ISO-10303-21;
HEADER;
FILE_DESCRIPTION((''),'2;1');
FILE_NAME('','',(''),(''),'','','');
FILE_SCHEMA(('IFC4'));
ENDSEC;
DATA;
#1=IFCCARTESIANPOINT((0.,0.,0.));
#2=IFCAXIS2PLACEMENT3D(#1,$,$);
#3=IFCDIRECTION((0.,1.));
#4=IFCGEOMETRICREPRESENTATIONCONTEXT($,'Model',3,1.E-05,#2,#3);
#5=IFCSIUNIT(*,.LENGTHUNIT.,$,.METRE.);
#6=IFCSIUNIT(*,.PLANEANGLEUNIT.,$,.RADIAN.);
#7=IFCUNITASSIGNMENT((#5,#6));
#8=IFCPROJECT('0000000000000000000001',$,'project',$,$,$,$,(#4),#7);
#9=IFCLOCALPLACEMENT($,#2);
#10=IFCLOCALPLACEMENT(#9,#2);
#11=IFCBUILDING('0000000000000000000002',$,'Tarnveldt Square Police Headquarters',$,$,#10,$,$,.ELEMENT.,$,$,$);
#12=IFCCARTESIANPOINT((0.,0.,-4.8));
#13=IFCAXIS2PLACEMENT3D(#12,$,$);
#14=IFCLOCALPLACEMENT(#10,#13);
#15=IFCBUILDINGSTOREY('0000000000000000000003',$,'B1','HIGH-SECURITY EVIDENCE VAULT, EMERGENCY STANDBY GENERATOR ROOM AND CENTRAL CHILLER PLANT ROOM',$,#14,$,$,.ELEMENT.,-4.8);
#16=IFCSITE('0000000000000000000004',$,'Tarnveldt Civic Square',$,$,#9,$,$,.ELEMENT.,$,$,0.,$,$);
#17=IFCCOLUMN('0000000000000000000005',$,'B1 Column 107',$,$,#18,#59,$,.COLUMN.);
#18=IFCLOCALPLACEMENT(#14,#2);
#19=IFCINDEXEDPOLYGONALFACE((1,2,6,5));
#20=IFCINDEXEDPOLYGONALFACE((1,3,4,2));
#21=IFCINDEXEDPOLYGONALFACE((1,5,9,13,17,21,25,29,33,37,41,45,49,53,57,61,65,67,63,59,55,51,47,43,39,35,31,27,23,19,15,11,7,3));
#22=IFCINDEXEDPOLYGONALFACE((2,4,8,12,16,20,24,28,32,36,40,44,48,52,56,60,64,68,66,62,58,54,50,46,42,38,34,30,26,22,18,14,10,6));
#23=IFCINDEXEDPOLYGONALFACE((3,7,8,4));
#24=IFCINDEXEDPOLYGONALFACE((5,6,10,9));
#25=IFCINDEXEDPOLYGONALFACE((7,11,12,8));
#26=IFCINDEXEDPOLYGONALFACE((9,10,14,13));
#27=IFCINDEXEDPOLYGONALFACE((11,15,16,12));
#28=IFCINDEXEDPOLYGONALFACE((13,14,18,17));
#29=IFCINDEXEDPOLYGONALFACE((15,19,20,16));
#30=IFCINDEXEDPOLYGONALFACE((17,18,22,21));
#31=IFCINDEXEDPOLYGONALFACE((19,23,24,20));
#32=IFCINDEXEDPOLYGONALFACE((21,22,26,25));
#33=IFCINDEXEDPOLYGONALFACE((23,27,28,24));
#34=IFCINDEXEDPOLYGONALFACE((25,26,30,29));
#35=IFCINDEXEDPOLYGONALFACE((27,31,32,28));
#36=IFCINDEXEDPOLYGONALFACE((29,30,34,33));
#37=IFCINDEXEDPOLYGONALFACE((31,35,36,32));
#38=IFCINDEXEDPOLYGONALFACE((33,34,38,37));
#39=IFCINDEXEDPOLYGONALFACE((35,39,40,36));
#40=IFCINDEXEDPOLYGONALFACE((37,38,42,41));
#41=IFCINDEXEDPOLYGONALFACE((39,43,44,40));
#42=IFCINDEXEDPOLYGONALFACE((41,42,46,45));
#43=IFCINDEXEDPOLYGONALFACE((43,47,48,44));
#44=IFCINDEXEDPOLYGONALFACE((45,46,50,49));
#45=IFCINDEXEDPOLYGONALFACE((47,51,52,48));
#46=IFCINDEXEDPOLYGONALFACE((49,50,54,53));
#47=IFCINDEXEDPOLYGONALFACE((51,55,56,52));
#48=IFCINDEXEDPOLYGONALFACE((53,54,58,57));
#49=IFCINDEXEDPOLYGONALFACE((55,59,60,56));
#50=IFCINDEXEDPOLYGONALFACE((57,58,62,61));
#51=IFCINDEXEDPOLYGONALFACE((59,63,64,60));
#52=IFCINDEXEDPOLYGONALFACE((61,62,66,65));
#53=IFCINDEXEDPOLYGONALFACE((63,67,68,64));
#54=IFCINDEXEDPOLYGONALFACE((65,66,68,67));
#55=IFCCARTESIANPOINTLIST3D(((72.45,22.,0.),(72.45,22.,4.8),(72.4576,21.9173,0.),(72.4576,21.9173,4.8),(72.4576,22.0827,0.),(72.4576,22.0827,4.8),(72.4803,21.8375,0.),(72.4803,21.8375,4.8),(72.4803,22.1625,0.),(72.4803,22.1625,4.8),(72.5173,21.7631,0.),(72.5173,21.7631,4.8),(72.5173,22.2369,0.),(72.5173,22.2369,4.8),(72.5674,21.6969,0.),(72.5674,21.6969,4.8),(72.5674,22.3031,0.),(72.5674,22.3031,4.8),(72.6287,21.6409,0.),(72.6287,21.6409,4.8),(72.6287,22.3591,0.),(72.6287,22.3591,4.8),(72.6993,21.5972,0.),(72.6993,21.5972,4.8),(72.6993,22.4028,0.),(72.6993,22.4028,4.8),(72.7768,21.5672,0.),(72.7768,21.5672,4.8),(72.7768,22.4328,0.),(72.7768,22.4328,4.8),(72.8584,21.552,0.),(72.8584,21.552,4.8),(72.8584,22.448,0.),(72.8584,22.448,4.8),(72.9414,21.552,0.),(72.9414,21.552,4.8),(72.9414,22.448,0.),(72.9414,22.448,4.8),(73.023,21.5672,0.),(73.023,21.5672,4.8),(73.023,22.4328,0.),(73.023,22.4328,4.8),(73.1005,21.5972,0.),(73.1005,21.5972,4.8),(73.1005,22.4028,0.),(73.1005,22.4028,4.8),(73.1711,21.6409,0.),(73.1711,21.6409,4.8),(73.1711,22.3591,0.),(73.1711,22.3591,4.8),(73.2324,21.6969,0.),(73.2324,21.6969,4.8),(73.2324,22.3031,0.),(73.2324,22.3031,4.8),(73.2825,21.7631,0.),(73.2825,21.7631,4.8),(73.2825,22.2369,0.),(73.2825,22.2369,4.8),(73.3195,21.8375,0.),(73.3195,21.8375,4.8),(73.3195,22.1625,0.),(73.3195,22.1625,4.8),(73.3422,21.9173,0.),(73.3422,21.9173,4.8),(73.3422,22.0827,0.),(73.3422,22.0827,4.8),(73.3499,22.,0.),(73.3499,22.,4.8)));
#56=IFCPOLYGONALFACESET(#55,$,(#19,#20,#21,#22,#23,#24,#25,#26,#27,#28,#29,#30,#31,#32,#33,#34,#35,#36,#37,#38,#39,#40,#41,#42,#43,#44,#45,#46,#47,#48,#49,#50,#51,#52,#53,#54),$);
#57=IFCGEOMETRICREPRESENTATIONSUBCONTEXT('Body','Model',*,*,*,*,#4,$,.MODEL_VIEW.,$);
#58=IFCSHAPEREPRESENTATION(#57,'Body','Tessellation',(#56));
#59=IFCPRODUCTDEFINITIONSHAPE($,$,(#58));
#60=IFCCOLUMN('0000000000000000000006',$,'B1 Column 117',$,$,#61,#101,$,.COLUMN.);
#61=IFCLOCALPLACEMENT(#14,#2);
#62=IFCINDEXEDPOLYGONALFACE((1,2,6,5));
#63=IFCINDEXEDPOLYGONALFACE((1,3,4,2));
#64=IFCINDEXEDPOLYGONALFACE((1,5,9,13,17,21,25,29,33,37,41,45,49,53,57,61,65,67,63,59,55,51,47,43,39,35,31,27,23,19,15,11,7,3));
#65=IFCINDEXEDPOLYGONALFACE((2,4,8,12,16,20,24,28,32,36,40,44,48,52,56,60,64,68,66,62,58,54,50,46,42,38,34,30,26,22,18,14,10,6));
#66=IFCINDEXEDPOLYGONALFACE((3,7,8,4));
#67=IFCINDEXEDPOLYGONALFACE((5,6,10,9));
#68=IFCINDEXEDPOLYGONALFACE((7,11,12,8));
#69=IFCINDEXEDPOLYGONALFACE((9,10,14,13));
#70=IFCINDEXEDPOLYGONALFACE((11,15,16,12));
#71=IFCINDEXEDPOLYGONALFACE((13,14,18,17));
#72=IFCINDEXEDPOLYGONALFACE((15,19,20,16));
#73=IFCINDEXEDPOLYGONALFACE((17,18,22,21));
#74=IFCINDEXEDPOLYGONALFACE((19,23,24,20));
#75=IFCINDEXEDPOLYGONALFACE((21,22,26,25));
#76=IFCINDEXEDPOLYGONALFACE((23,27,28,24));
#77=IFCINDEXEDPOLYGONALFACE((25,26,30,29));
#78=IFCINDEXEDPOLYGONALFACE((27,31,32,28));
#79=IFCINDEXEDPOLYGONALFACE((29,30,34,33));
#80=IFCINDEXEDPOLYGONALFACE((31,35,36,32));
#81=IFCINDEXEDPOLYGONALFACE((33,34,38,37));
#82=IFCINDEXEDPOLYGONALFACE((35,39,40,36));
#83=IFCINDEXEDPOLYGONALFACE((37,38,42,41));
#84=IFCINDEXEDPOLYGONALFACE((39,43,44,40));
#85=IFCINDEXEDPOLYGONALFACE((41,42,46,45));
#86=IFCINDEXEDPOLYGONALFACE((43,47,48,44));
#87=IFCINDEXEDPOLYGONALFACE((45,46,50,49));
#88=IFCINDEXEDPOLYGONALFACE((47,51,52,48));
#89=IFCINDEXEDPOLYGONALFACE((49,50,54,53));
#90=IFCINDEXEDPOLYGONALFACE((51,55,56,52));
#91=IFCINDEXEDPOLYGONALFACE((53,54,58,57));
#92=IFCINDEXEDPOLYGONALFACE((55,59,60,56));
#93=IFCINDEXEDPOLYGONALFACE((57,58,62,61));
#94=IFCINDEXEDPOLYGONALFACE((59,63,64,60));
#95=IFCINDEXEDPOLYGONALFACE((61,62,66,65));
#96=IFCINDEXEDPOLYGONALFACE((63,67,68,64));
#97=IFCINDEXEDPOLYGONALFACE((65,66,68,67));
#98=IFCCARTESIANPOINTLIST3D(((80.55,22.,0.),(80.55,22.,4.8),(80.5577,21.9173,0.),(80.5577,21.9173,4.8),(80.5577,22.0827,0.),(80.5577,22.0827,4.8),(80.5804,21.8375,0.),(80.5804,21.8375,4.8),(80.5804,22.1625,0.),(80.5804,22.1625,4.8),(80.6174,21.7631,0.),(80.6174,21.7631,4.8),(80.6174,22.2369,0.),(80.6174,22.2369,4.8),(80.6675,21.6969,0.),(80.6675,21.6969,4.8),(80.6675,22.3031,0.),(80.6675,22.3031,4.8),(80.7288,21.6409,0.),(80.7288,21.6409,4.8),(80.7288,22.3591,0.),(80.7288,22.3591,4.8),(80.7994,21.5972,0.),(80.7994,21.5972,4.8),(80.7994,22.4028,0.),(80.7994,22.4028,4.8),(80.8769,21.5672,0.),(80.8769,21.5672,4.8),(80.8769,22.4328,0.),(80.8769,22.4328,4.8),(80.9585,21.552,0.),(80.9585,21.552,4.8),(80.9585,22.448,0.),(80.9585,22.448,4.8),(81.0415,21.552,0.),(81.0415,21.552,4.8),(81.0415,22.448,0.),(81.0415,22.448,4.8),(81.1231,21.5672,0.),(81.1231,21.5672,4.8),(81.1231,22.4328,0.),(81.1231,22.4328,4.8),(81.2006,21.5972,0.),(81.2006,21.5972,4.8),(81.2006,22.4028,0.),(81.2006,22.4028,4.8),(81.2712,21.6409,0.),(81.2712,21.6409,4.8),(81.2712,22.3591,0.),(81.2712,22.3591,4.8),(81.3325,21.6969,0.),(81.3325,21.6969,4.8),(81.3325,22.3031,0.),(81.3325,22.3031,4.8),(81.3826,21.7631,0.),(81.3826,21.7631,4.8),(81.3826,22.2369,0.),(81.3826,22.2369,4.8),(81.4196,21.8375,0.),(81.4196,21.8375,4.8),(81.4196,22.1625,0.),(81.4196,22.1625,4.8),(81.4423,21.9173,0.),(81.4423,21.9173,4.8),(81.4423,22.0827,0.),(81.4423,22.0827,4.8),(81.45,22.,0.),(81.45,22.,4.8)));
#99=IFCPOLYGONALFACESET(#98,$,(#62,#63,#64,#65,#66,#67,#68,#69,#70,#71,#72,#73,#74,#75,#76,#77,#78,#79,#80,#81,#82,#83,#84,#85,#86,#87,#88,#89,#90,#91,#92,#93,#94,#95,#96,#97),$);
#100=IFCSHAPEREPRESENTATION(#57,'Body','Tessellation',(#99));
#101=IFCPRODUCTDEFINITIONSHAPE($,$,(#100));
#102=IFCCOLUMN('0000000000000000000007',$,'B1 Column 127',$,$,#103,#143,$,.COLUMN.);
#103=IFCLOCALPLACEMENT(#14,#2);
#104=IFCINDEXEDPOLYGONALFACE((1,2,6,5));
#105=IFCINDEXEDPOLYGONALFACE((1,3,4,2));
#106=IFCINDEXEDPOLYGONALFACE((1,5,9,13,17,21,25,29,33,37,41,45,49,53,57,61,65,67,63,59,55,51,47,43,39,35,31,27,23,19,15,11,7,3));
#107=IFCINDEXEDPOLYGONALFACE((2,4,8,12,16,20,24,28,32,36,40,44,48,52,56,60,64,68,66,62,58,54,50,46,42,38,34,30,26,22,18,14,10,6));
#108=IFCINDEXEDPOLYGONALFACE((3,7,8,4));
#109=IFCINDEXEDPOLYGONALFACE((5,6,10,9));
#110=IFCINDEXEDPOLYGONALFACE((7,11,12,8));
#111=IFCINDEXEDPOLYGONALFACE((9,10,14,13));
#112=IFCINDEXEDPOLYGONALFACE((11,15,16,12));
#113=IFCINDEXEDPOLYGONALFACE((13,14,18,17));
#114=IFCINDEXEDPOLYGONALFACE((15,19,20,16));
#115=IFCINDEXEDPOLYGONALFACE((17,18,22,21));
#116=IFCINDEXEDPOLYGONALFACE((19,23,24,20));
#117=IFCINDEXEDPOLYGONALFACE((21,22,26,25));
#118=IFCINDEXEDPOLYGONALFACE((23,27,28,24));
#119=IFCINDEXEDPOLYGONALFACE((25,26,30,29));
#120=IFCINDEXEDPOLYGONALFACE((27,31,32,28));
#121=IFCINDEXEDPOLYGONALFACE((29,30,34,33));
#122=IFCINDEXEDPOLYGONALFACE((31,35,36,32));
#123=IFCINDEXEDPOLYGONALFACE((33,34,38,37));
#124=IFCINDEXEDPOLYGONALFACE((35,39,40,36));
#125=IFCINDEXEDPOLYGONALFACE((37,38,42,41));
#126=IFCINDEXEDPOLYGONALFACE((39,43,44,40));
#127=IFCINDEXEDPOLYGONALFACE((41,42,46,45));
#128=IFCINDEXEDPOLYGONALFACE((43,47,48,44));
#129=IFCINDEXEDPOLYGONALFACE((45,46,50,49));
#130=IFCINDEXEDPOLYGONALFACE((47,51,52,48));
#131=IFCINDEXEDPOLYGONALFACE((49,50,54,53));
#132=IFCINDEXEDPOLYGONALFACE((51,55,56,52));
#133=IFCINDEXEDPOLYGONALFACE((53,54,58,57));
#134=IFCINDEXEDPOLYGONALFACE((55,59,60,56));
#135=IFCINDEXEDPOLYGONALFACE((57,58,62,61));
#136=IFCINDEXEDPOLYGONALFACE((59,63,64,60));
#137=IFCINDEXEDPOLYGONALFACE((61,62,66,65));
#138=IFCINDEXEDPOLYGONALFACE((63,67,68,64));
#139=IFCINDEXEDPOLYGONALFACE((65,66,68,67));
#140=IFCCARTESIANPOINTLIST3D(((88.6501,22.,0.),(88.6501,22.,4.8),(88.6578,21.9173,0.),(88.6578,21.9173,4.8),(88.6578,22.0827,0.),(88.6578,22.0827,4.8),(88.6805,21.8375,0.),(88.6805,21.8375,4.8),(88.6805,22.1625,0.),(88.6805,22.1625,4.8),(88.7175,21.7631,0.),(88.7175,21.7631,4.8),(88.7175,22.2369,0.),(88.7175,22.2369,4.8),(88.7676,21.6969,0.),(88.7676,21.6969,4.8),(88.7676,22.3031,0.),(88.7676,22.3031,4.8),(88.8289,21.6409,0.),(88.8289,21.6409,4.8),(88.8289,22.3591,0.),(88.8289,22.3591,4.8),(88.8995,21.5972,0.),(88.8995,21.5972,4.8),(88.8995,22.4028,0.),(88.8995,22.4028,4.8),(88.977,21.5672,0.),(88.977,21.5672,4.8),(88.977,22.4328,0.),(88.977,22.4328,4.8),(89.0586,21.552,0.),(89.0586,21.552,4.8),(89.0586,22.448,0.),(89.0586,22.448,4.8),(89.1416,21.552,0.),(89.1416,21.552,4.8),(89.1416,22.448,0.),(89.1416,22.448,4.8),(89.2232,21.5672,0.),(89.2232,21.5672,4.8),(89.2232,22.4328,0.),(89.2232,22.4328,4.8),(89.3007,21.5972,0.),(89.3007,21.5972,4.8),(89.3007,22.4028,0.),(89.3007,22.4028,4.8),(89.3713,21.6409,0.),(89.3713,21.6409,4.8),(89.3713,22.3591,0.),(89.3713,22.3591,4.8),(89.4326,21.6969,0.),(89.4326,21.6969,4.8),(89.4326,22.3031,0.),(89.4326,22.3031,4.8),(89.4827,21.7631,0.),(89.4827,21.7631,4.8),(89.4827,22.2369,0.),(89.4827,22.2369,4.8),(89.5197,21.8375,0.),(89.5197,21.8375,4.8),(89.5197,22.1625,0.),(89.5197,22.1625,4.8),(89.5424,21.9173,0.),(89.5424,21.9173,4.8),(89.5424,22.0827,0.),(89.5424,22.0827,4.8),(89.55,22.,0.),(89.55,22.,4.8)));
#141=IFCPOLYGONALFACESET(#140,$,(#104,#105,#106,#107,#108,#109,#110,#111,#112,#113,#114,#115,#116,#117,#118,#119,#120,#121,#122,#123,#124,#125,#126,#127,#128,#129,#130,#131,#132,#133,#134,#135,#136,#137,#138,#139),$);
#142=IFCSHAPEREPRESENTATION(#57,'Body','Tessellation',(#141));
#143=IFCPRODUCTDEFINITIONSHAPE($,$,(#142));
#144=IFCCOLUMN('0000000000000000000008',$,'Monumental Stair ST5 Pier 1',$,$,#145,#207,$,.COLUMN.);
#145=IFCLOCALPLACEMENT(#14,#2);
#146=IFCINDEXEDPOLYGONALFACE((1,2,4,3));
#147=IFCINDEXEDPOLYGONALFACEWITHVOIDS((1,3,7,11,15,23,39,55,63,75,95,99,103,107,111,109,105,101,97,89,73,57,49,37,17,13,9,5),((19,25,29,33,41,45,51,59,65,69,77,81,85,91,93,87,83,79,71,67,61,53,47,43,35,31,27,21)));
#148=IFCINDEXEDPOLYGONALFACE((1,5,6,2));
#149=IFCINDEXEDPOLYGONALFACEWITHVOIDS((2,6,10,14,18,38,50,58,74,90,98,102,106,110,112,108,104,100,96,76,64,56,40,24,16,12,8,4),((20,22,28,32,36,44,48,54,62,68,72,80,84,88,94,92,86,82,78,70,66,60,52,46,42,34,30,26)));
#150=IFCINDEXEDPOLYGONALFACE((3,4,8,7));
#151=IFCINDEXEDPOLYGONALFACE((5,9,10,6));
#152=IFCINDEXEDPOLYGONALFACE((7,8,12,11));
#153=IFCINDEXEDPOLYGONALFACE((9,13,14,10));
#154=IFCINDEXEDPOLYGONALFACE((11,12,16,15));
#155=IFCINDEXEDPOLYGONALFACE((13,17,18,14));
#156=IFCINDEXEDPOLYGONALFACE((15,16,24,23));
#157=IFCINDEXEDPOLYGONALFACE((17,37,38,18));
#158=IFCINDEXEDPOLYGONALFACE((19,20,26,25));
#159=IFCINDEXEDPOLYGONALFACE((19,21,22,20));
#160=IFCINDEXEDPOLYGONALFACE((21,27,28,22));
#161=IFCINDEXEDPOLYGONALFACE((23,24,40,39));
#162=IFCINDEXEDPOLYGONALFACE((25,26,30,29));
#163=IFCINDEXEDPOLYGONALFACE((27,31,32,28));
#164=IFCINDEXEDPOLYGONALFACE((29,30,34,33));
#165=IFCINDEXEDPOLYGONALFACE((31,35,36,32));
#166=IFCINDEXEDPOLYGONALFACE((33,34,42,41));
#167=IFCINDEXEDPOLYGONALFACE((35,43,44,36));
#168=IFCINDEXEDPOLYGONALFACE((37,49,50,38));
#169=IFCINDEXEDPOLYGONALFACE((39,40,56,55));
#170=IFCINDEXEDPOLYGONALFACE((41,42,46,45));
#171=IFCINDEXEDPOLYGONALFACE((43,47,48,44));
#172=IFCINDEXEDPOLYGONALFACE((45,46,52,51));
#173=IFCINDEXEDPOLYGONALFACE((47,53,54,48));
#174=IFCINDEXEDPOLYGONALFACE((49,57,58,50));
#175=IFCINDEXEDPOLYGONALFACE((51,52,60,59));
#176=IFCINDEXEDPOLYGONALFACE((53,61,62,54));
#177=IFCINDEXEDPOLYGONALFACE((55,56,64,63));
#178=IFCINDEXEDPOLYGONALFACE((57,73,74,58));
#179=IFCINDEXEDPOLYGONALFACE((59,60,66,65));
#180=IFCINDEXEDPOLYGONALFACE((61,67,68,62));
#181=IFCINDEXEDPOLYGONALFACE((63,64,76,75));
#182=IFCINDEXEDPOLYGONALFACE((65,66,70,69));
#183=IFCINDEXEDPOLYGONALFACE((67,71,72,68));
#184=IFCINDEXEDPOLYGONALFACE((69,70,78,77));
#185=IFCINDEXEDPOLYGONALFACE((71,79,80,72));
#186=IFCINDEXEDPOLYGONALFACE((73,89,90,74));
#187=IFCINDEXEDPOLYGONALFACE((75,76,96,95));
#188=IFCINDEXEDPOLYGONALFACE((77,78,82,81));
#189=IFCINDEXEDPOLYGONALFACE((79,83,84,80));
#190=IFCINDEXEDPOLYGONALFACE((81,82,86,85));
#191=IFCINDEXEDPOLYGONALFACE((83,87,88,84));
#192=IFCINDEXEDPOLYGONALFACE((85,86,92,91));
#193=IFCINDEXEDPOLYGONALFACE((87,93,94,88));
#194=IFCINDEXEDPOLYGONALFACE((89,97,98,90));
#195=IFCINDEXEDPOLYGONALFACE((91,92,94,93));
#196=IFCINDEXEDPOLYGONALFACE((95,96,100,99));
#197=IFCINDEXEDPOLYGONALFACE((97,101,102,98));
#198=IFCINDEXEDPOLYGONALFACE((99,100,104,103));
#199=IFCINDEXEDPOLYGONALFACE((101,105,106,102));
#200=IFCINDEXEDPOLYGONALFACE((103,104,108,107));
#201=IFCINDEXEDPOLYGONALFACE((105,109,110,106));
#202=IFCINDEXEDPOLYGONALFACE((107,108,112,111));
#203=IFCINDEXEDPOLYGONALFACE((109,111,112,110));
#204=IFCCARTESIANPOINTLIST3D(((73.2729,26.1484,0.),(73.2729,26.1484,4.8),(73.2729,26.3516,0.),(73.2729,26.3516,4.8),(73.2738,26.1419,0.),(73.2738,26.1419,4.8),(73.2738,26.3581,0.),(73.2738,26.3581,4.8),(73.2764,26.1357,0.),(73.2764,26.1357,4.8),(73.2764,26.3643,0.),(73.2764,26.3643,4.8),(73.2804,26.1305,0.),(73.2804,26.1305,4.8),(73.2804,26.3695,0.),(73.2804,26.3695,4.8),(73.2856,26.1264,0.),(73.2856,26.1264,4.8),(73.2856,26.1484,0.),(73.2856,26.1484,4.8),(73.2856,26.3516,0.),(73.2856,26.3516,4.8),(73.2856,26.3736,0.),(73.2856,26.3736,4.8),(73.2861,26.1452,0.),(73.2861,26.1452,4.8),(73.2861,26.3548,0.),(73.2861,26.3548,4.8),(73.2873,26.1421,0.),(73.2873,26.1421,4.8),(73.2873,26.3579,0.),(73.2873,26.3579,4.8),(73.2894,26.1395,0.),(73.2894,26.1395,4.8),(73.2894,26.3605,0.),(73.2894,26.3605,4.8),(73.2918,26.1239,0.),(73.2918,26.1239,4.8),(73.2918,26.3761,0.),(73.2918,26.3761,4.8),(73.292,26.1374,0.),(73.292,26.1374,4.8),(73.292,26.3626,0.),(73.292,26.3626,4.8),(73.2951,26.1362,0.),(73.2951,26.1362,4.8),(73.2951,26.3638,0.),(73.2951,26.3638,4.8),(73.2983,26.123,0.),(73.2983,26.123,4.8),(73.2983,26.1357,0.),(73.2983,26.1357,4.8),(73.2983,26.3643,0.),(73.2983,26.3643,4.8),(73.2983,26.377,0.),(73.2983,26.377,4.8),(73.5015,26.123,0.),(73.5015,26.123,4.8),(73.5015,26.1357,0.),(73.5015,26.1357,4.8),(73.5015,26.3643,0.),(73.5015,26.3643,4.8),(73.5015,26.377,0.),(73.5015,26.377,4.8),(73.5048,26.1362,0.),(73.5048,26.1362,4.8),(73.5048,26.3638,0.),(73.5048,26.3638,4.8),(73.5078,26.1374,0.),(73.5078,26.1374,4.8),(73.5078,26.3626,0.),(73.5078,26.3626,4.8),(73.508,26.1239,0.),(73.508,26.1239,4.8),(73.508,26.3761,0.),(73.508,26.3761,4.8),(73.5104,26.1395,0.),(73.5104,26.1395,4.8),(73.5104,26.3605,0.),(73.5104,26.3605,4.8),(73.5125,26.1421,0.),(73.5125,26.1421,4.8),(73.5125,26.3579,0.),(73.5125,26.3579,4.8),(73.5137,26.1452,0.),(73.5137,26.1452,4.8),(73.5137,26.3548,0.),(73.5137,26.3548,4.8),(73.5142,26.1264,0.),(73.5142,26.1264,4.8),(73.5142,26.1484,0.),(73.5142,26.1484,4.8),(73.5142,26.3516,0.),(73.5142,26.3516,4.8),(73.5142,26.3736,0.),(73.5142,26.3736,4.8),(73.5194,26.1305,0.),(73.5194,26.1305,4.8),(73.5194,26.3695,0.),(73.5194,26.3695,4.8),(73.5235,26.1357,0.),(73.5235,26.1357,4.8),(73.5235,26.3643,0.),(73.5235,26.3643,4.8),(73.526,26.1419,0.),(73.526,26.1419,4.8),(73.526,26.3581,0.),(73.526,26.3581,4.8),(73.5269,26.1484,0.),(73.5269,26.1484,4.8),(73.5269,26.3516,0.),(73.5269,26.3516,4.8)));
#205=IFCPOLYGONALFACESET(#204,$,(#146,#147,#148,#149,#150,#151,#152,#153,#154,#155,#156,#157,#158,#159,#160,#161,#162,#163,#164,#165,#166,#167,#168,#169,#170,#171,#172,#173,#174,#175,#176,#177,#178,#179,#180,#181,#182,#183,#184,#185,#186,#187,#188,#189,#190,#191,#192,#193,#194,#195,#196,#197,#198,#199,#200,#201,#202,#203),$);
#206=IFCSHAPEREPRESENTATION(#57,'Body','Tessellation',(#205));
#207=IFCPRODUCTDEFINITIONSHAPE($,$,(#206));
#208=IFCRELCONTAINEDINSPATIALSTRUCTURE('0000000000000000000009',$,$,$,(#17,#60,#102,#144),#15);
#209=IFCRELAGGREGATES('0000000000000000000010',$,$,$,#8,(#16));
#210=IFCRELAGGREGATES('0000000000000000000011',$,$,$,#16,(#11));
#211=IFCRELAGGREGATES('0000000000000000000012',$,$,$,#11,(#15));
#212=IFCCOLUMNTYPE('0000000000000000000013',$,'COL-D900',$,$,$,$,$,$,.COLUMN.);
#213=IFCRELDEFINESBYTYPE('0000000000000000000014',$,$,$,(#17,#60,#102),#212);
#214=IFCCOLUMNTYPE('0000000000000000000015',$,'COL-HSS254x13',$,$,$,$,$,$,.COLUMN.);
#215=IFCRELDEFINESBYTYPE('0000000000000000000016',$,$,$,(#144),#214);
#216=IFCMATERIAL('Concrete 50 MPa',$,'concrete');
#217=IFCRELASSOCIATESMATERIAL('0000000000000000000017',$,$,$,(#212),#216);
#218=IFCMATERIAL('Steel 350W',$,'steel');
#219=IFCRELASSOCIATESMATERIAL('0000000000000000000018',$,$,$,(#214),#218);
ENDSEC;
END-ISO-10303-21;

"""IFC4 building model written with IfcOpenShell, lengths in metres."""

from ifc_helpers import new_model, si_unit, direction, frame, origin, origin_2d, place, context, subcontext, project, spatial, hollow_rectangle, circle, extrude, material, material_profile, profile_set, type_object, element, save


model = new_model("IFC4")

# Units and contexts
model_context = context("Model", 3, precision=1e-05, world=origin(), true_north=direction((0.0, 1.0)))
body_context = subcontext(model_context, "Body", "Model", "MODEL_VIEW")
ifc_project = project(units=[si_unit("LENGTHUNIT", "METRE"), si_unit("PLANEANGLEUNIT", "RADIAN")], contexts=[model_context])

# Site, building, storey
site_placement = place(None, origin())
site = spatial("IfcSite", under=ifc_project, at=site_placement, Name="Tarnveldt Civic Square", CompositionType="ELEMENT", RefElevation=0.0)
building_placement = place(site_placement, origin())
building = spatial("IfcBuilding", under=site, at=building_placement, Name="Tarnveldt Square Police Headquarters", CompositionType="ELEMENT")
storey_placement = place(building_placement, frame((0.0, 0.0, -4.8)))
storey = spatial("IfcBuildingStorey", under=building, at=storey_placement, Name="B1", Description="HIGH-SECURITY EVIDENCE VAULT, EMERGENCY STANDBY GENERATOR ROOM AND CENTRAL CHILLER PLANT ROOM", CompositionType="ELEMENT", Elevation=-4.8)

# Columns
ifc_material_1 = material(Name="Concrete 50 MPa", Category="concrete")
ifc_material_profile_1 = material_profile(ifc_material_1, circle(Radius=0.45, at=origin_2d()), Name="RC-D900")
ifc_profile_set_1 = profile_set([ifc_material_profile_1], Name="Concrete 50 MPa")
column_type_1 = type_object("IfcColumnType", Name="COL-D900", PredefinedType="COLUMN", material=ifc_profile_set_1)
for number, where, z_axis, x_axis, name in (
    (1, (72.8999, 22.0, 0.0), (0.0, 0.0, 1.0), (1.0, 0.0, 0.0), "B1 Column 107"),
    (2, (81.0, 22.0, 0.0), (0.0, 0.0, 1.0), (1.0, 0.0, 0.0), "B1 Column 117"),
    (3, (89.1001, 22.0, 0.0), (0.0, 0.0, 1.0), (1.0, 0.0, 0.0), "B1 Column 127"),
):
    element("IfcColumn", number, at=place(storey_placement, frame(where, z_axis=z_axis, x_axis=x_axis)), inside=storey, type_object=column_type_1, Name=name, PredefinedType="COLUMN", context=body_context, shape_type="SweptSolid", body=[
        extrude(circle(Radius=0.45, at=origin_2d()), origin(), (0.0, 0.0, 1.0), 4.8),
    ])
ifc_material_2 = material(Name="Steel 350W", Category="steel")
ifc_material_profile_2 = material_profile(ifc_material_2, hollow_rectangle(XDim=0.2539, YDim=0.2539, WallThickness=0.0127, InnerFilletRadius=0.0127, OuterFilletRadius=0.0254, at=origin_2d()), Name="HSS254x254x13")
ifc_profile_set_2 = profile_set([ifc_material_profile_2], Name="Steel 350W")
column_type_2 = type_object("IfcColumnType", Name="COL-HSS254x13", PredefinedType="COLUMN", material=ifc_profile_set_2)
for number, where, z_axis, x_axis, name in (
    (4, (73.3999, 26.25, 0.0), (0.0, 0.0, 1.0), (1.0, 0.0, 0.0), "Monumental Stair ST5 Pier 1"),
):
    element("IfcColumn", number, at=place(storey_placement, frame(where, z_axis=z_axis, x_axis=x_axis)), inside=storey, type_object=column_type_2, Name=name, PredefinedType="COLUMN", context=body_context, shape_type="SweptSolid", body=[
        extrude(hollow_rectangle(XDim=0.2539, YDim=0.2539, WallThickness=0.0127, InnerFilletRadius=0.0127, OuterFilletRadius=0.0254, at=origin_2d()), origin(), (0.0, 0.0, 1.0), 4.8),
    ])

save(model, "model.ifc")
